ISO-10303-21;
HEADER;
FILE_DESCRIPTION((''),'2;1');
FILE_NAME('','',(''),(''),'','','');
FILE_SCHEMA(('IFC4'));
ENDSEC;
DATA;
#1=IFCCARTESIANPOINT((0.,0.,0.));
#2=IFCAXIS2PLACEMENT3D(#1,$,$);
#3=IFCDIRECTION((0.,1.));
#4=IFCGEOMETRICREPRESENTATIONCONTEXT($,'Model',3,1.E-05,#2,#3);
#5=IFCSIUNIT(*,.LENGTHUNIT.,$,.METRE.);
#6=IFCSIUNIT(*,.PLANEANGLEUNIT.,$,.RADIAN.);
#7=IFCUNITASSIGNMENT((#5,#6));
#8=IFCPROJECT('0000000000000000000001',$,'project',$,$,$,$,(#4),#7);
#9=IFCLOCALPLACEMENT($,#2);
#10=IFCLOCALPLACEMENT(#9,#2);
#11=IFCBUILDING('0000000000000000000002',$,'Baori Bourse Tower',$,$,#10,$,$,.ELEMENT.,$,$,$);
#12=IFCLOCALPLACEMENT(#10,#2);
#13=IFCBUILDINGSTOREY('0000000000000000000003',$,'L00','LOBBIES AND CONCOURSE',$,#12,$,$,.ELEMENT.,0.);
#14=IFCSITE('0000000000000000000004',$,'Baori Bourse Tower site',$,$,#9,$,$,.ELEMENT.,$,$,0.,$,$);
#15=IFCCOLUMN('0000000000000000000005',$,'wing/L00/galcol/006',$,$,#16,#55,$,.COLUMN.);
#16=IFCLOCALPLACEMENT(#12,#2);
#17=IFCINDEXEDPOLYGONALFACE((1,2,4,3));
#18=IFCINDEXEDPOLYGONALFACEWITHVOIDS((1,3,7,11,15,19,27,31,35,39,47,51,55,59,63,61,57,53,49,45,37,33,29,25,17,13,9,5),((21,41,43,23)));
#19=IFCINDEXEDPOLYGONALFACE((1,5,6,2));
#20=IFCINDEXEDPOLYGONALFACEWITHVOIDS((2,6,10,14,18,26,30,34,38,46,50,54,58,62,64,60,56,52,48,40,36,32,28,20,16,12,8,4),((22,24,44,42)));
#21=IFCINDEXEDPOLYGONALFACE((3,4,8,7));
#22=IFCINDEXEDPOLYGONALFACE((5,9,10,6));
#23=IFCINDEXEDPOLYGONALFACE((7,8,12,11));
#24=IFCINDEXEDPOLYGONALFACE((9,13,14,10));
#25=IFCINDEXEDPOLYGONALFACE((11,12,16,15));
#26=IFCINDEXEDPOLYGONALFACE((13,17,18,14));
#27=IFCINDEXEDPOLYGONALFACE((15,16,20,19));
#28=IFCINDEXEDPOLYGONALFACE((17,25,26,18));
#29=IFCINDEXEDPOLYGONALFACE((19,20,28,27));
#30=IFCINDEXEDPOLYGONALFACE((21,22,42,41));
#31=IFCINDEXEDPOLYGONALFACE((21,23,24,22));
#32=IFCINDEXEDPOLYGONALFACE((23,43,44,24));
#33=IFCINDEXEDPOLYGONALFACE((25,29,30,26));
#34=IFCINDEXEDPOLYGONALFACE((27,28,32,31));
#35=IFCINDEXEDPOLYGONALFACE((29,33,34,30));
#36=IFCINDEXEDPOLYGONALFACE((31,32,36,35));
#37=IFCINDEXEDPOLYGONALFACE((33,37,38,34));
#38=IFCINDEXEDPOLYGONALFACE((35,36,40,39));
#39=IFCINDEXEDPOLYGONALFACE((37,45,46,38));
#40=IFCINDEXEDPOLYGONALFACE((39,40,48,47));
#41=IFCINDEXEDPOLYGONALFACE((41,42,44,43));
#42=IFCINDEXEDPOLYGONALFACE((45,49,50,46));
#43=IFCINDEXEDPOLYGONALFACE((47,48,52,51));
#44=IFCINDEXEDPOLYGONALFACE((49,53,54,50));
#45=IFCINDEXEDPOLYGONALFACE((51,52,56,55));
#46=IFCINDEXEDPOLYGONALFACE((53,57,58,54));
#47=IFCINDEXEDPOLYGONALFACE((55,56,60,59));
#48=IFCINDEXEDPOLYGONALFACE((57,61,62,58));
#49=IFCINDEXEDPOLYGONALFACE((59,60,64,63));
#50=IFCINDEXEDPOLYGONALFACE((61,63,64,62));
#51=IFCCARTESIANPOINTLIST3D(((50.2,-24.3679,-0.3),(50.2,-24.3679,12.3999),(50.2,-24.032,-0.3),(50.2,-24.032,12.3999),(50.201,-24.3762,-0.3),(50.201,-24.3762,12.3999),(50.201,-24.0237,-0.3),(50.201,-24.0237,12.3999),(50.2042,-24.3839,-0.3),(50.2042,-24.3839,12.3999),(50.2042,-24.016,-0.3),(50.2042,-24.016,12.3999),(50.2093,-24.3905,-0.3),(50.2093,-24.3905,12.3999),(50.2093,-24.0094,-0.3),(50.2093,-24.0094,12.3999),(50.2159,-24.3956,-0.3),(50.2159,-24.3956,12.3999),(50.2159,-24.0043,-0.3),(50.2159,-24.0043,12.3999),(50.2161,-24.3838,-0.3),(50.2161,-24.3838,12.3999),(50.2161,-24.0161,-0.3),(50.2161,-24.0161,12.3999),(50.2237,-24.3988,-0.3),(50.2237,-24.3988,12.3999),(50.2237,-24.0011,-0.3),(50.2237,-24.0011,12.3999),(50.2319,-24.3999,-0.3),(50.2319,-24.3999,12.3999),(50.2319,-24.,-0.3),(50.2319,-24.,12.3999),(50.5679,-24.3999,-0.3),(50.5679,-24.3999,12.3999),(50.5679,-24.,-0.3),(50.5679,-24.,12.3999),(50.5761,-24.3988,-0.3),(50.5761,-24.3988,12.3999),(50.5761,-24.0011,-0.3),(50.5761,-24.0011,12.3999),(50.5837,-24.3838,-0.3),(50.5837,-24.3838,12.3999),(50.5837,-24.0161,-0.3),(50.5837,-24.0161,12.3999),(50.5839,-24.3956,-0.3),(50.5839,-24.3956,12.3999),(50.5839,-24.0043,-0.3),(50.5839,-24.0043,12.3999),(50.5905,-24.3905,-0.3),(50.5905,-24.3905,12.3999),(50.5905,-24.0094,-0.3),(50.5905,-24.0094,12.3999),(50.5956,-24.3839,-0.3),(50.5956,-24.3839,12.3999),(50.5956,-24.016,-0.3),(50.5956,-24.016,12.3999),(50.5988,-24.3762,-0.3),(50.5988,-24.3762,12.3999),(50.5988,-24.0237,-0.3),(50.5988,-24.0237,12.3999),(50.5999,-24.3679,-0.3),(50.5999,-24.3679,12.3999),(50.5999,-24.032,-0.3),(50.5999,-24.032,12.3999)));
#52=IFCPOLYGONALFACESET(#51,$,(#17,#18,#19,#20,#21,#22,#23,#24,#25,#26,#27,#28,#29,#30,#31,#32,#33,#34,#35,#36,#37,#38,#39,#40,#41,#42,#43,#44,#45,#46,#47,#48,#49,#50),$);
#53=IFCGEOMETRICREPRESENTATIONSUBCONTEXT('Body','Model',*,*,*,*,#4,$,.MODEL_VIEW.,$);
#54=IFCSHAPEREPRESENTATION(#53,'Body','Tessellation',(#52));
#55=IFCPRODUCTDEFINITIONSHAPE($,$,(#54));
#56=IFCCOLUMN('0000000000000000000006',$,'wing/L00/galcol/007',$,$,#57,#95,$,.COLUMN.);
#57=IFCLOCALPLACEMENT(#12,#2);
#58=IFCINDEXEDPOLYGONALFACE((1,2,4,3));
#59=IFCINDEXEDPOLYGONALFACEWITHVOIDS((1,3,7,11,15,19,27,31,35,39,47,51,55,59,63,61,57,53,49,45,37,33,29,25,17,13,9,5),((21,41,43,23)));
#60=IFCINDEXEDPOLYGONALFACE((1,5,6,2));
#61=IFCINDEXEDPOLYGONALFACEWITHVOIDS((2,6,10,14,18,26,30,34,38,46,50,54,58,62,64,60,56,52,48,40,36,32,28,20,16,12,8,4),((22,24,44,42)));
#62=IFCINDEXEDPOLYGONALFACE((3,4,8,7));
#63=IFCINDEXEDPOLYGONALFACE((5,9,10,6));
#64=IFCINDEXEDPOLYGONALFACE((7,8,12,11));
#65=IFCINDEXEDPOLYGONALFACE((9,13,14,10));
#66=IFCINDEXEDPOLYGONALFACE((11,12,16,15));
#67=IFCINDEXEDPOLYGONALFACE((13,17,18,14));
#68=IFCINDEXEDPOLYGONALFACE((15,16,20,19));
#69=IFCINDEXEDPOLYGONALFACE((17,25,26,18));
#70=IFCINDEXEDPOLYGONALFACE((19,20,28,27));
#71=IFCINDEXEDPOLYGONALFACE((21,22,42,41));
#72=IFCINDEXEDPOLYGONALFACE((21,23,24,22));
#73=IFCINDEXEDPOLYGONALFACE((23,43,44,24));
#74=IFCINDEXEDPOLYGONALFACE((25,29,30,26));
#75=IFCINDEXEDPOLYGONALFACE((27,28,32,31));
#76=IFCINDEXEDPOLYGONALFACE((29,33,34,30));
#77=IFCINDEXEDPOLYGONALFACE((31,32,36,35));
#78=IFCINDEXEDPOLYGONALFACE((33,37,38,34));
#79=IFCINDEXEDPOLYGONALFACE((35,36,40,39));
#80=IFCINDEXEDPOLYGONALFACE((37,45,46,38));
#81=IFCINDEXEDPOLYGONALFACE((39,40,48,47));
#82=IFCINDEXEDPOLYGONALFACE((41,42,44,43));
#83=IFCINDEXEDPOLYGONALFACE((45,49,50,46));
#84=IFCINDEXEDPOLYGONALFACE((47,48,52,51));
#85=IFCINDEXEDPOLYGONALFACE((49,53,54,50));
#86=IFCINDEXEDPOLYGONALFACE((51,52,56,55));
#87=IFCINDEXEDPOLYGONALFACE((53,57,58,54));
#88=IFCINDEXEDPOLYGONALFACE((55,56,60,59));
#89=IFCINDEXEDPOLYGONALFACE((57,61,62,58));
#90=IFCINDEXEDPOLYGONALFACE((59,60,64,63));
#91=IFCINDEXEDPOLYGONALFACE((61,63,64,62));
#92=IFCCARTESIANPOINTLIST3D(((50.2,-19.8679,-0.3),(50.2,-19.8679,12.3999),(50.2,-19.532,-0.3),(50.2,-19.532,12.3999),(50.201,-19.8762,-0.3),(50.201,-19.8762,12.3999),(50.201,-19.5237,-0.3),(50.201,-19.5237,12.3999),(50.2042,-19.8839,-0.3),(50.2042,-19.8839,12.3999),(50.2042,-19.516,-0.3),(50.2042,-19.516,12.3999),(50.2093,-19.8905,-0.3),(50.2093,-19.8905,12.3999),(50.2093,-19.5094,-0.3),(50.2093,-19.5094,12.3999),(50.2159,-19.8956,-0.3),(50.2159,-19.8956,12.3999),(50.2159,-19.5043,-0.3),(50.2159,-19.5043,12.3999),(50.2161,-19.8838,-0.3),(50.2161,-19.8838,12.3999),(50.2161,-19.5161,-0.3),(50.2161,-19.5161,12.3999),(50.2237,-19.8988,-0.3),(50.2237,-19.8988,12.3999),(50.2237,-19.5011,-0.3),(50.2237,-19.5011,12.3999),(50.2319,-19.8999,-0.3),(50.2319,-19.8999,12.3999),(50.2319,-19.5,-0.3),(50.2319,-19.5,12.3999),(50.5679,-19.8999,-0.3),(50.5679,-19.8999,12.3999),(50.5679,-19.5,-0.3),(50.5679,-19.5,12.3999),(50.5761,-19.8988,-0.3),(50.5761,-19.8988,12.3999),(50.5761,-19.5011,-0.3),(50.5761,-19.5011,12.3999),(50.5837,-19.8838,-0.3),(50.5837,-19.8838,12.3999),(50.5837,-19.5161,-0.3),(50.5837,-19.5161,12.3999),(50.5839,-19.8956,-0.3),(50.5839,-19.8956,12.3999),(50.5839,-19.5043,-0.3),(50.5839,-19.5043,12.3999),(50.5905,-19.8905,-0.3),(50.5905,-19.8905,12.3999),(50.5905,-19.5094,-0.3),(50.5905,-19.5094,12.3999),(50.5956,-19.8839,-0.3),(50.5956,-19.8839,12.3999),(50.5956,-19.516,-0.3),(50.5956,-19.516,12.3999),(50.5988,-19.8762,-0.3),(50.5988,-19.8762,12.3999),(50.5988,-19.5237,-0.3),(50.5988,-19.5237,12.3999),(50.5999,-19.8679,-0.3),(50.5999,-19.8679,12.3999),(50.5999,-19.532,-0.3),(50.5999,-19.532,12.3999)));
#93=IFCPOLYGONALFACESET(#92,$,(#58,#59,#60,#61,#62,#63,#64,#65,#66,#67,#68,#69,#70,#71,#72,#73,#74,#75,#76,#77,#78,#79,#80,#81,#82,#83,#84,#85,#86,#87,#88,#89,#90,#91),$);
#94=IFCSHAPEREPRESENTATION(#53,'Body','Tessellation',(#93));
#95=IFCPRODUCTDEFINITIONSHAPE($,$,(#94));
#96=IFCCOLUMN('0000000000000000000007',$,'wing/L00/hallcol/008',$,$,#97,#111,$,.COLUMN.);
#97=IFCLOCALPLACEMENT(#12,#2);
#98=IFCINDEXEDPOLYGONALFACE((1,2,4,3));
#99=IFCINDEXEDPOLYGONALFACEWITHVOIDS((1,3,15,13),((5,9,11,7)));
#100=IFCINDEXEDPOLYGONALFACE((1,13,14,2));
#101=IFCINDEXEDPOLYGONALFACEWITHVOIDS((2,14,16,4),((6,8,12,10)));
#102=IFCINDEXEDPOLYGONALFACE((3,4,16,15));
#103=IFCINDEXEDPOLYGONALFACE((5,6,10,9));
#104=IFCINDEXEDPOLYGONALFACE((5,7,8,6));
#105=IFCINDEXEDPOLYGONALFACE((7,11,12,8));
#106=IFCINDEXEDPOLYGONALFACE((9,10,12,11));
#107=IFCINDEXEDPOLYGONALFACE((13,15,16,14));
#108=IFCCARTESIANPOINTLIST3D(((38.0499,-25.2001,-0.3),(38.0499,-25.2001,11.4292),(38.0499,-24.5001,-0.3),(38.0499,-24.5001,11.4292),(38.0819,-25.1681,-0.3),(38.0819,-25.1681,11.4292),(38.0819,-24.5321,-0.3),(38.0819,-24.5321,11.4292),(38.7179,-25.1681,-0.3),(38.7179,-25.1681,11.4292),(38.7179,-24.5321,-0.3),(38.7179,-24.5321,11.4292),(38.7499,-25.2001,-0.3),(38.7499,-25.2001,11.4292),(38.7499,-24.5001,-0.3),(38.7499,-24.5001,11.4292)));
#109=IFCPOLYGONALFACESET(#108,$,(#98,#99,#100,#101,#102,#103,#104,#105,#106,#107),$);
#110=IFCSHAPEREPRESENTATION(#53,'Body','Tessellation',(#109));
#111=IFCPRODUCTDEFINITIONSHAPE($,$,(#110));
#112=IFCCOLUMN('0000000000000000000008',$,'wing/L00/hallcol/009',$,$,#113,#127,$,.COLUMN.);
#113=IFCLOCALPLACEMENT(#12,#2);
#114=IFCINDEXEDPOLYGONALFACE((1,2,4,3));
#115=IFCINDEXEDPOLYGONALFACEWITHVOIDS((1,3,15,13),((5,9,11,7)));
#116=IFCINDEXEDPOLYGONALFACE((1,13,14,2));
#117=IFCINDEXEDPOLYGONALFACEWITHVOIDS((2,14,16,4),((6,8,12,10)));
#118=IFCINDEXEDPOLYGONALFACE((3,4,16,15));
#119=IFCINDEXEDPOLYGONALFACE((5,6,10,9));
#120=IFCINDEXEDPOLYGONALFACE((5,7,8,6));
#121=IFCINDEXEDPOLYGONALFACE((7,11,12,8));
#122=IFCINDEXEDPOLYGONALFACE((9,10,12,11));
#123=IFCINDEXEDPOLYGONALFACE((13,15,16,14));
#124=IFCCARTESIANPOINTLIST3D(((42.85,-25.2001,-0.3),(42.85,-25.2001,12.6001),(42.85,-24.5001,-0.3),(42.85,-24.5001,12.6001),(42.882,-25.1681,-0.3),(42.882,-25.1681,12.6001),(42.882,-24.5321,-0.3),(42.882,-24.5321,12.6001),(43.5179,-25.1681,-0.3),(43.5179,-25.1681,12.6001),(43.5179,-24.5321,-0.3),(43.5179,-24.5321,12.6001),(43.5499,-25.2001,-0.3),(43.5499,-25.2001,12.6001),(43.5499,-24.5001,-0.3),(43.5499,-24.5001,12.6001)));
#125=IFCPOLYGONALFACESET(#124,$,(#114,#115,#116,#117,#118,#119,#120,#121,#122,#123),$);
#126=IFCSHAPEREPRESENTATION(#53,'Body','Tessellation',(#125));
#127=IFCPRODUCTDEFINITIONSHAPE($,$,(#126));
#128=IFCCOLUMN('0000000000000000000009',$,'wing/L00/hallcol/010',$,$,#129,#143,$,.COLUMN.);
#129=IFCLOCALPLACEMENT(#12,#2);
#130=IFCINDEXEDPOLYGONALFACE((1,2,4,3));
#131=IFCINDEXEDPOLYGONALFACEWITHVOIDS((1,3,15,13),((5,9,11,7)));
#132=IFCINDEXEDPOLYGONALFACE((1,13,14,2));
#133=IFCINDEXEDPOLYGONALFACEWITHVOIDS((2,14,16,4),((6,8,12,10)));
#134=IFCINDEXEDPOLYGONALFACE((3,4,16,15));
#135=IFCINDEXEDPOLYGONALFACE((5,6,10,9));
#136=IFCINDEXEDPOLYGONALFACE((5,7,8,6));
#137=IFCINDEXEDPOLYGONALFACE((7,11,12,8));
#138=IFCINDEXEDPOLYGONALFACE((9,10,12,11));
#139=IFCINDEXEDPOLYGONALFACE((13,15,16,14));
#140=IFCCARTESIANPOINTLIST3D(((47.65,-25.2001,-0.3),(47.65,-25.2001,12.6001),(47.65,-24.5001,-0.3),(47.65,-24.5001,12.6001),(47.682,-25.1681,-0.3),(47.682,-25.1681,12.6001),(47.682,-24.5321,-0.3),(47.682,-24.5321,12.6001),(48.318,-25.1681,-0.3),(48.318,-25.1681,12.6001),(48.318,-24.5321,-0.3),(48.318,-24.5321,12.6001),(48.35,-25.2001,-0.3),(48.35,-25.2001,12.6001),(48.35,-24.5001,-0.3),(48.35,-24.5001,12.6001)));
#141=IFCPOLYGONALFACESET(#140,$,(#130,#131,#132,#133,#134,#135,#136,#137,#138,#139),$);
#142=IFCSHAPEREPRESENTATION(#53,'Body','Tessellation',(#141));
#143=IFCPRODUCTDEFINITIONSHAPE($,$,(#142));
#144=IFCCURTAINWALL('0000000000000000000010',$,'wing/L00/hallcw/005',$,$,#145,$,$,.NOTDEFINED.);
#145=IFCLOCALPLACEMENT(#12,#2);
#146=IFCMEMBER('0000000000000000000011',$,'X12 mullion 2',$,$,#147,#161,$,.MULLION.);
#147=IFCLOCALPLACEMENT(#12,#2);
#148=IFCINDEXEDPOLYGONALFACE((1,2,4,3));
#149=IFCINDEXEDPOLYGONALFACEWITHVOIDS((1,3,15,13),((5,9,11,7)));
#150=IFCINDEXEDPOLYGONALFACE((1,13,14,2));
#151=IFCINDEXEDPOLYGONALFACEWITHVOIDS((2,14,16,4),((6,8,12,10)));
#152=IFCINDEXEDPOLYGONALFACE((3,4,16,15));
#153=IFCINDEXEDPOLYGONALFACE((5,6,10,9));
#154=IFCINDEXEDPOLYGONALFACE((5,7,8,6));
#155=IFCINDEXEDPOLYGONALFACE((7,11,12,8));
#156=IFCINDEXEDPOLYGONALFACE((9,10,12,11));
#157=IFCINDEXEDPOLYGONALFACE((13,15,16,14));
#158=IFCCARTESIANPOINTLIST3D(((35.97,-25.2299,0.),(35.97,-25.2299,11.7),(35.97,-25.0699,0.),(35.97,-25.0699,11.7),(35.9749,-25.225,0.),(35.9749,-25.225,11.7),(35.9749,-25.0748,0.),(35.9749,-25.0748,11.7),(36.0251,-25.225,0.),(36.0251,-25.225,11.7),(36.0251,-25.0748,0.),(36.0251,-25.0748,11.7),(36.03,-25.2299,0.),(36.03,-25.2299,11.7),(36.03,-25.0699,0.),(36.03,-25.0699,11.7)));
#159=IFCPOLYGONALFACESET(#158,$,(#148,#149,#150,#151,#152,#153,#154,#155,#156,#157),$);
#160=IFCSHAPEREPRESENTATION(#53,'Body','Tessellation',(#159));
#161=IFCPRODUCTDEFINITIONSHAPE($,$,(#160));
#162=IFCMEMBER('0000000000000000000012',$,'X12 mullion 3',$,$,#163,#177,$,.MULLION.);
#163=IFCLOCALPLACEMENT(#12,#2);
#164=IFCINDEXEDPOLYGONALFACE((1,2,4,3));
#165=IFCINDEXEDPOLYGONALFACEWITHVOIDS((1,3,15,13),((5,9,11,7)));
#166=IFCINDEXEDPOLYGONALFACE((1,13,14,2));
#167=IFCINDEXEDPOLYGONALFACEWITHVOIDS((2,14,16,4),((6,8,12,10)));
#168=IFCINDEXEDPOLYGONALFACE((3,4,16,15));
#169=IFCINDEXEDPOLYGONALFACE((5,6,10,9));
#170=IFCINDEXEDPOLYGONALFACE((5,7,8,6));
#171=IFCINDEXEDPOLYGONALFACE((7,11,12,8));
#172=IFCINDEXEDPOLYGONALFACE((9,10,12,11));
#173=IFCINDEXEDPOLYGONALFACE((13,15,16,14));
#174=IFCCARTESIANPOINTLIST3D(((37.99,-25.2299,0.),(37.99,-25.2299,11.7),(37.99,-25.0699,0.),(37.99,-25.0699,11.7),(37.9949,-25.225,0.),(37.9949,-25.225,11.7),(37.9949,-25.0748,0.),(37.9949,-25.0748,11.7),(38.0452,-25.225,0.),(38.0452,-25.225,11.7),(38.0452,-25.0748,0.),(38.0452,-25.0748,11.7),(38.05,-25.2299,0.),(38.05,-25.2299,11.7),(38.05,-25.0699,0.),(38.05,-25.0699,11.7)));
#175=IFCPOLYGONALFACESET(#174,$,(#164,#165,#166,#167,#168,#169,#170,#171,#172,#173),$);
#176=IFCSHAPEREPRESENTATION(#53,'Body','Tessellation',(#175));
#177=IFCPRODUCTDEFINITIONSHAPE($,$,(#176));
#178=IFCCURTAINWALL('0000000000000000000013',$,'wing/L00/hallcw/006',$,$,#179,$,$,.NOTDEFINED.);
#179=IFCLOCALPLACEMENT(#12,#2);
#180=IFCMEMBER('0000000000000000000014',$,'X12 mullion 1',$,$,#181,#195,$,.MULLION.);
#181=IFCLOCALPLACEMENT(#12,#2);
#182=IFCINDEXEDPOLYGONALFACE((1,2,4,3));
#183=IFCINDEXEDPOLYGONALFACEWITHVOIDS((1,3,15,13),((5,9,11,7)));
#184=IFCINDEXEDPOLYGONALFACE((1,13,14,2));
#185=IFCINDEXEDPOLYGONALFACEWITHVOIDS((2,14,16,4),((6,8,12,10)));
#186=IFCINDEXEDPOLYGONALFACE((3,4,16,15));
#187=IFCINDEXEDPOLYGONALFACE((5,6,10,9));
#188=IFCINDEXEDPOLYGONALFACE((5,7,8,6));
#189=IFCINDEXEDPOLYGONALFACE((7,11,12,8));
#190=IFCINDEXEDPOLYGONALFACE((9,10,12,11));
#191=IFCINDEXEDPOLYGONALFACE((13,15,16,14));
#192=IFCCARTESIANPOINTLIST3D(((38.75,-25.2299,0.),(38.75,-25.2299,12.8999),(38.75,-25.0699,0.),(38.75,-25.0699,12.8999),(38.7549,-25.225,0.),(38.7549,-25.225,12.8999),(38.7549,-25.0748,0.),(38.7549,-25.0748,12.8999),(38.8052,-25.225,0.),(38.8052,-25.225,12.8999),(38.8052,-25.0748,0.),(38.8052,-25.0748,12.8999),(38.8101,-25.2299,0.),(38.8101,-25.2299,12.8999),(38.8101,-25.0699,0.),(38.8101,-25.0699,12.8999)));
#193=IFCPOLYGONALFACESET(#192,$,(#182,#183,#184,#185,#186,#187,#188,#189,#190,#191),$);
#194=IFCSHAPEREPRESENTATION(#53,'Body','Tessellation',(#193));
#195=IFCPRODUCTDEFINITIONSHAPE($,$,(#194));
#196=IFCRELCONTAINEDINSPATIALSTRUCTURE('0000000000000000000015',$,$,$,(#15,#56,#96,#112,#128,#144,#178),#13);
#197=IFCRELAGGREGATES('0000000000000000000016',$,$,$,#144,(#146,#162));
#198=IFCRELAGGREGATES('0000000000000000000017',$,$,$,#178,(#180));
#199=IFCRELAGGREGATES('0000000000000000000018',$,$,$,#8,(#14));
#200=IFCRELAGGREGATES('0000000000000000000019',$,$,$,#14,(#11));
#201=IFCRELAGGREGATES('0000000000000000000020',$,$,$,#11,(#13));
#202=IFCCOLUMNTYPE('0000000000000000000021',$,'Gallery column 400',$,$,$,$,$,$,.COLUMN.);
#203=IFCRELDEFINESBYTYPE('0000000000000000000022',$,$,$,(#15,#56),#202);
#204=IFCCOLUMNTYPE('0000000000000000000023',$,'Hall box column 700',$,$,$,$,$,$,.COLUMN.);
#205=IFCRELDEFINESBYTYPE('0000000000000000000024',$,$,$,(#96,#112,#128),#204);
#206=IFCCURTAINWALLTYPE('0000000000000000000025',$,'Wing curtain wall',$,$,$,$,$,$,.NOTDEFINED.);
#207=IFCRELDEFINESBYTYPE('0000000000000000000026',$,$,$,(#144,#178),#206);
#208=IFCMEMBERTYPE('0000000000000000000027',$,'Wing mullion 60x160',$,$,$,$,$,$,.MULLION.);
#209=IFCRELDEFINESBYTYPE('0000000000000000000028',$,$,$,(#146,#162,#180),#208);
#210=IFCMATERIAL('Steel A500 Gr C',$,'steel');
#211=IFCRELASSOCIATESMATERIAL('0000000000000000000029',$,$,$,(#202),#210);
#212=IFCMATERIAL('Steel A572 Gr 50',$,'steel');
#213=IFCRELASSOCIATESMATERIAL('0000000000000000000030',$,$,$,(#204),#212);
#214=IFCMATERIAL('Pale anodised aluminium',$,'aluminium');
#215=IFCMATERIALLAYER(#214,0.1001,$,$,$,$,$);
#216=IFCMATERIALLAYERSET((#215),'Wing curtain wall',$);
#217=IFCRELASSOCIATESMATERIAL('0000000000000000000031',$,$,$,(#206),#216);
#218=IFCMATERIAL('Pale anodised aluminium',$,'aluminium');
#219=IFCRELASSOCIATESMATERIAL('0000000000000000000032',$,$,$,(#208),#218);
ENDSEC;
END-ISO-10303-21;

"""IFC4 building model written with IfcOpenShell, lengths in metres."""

from ifc_helpers import new_model, si_unit, direction, frame, origin, origin_2d, place, context, subcontext, project, spatial, hollow_rectangle, extrude, material, layer, layer_set, material_profile, profile_set, type_object, element, aggregate, save


model = new_model("IFC4")

# Units and contexts
model_context = context("Model", 3, precision=1e-05, world=origin(), true_north=direction((0.0, 1.0)))
body_context = subcontext(model_context, "Body", "Model", "MODEL_VIEW")
ifc_project = project(units=[si_unit("LENGTHUNIT", "METRE"), si_unit("PLANEANGLEUNIT", "RADIAN")], contexts=[model_context])

# Site, building, storey
site_placement = place(None, origin())
site = spatial("IfcSite", under=ifc_project, at=site_placement, Name="Baori Bourse Tower site", CompositionType="ELEMENT", RefElevation=0.0)
building_placement = place(site_placement, origin())
building = spatial("IfcBuilding", under=site, at=building_placement, Name="Baori Bourse Tower", CompositionType="ELEMENT")
storey_placement = place(building_placement, origin())
storey = spatial("IfcBuildingStorey", under=building, at=storey_placement, Name="L00", Description="LOBBIES AND CONCOURSE", CompositionType="ELEMENT", Elevation=0.0)

# Columns
ifc_material_1 = material(Name="Steel A500 Gr C", Category="steel")
ifc_material_profile_1 = material_profile(ifc_material_1, hollow_rectangle(XDim=0.3999, YDim=0.3999, WallThickness=0.0161, OuterFilletRadius=0.032, at=origin_2d()), Name="HSS400x400x16")
ifc_profile_set_1 = profile_set([ifc_material_profile_1], Name="Steel A500 Gr C")
column_type_1 = type_object("IfcColumnType", Name="Gallery column 400", PredefinedType="COLUMN", material=ifc_profile_set_1)
for number, where, z_axis, x_axis, name in (
    (1, (50.3999, -24.2, -0.3), (0.0, 0.0, 1.0), (1.0, 0.0, 0.0), "wing/L00/galcol/006"),
    (2, (50.3999, -19.7, -0.3), (0.0, 0.0, 1.0), (1.0, 0.0, 0.0), "wing/L00/galcol/007"),
):
    element("IfcColumn", number, at=place(storey_placement, frame(where, z_axis=z_axis, x_axis=x_axis)), inside=storey, type_object=column_type_1, Name=name, PredefinedType="COLUMN", context=body_context, shape_type="SweptSolid", body=[
        extrude(hollow_rectangle(XDim=0.3999, YDim=0.3999, WallThickness=0.0161, OuterFilletRadius=0.032, at=origin_2d()), origin(), (0.0, 0.0, 1.0), 12.7),
    ])
ifc_material_2 = material(Name="Steel A572 Gr 50", Category="steel")
ifc_material_profile_2 = material_profile(ifc_material_2, hollow_rectangle(XDim=0.7, YDim=0.7, WallThickness=0.032, at=origin_2d()), Name="BOX 700x700x32")
ifc_profile_set_2 = profile_set([ifc_material_profile_2], Name="Steel A572 Gr 50")
column_type_2 = type_object("IfcColumnType", Name="Hall box column 700", PredefinedType="COLUMN", material=ifc_profile_set_2)
column_placement = place(storey_placement, frame((38.3999, -24.8501, -0.3), z_axis=(0.0, 0.0, 1.0), x_axis=(1.0, 0.0, 0.0)))
element("IfcColumn", 3, at=column_placement, inside=storey, type_object=column_type_2, Name="wing/L00/hallcol/008", PredefinedType="COLUMN", context=body_context, shape_type="SweptSolid", body=[
    extrude(hollow_rectangle(XDim=0.7, YDim=0.7, WallThickness=0.032, at=origin_2d()), origin(), (0.0, 0.0, 1.0), 11.7292),
])
for number, where, z_axis, x_axis, name in (
    (4, (43.2, -24.8501, -0.3), (0.0, 0.0, 1.0), (1.0, 0.0, 0.0), "wing/L00/hallcol/009"),
    (5, (48.0, -24.8501, -0.3), (0.0, 0.0, 1.0), (1.0, 0.0, 0.0), "wing/L00/hallcol/010"),
):
    element("IfcColumn", number, at=place(storey_placement, frame(where, z_axis=z_axis, x_axis=x_axis)), inside=storey, type_object=column_type_2, Name=name, PredefinedType="COLUMN", context=body_context, shape_type="SweptSolid", body=[
        extrude(hollow_rectangle(XDim=0.7, YDim=0.7, WallThickness=0.032, at=origin_2d()), origin(), (0.0, 0.0, 1.0), 12.9001),
    ])

# Curtain walls, members
ifc_material_3 = material(Name="Pale anodised aluminium", Category="aluminium")
ifc_layer_1 = layer(ifc_material_3, 0.1001)
ifc_layer_set_1 = layer_set([ifc_layer_1], Name="Wing curtain wall")
curtain_wall_type = type_object("IfcCurtainWallType", Name="Wing curtain wall", PredefinedType="NOTDEFINED", material=ifc_layer_set_1)
curtain_wall_1_placement = place(storey_placement, origin())
curtain_wall_1 = element("IfcCurtainWall", 6, at=curtain_wall_1_placement, inside=storey, type_object=curtain_wall_type, Name="wing/L00/hallcw/005", PredefinedType="NOTDEFINED")
ifc_material_4 = material(Name="Pale anodised aluminium", Category="aluminium")
ifc_material_profile_3 = material_profile(ifc_material_4, hollow_rectangle(XDim=0.1599, YDim=0.0601, WallThickness=0.0049, at=origin_2d()), Name="Mullion 160x60x5")
ifc_profile_set_3 = profile_set([ifc_material_profile_3], Name="Pale anodised aluminium")
member_type_1 = type_object("IfcMemberType", Name="Wing mullion 60x160", PredefinedType="MULLION", material=ifc_profile_set_3)
member_1_placement = place(storey_placement, frame((36.0, -25.1499, 0.0), z_axis=(0.0, 0.0, 1.0), x_axis=(0.0, 1.0, 0.0)))
member_1 = element("IfcMember", 7, at=member_1_placement, type_object=member_type_1, Name="X12 mullion 2", PredefinedType="MULLION", context=body_context, shape_type="SweptSolid", body=[
    extrude(hollow_rectangle(XDim=0.1599, YDim=0.0601, WallThickness=0.0049, at=origin_2d()), origin(), (0.0, 0.0, 1.0), 11.7),
])
member_2_placement = place(storey_placement, frame((38.02, -25.1499, 0.0), z_axis=(0.0, 0.0, 1.0), x_axis=(0.0, 1.0, 0.0)))
member_2 = element("IfcMember", 8, at=member_2_placement, type_object=member_type_1, Name="X12 mullion 3", PredefinedType="MULLION", context=body_context, shape_type="SweptSolid", body=[
    extrude(hollow_rectangle(XDim=0.1599, YDim=0.0601, WallThickness=0.0049, at=origin_2d()), origin(), (0.0, 0.0, 1.0), 11.7),
])
curtain_wall_2_placement = place(storey_placement, origin())
curtain_wall_2 = element("IfcCurtainWall", 9, at=curtain_wall_2_placement, inside=storey, type_object=curtain_wall_type, Name="wing/L00/hallcw/006", PredefinedType="NOTDEFINED")
member_3_placement = place(storey_placement, frame((38.78, -25.1499, 0.0), z_axis=(0.0, 0.0, 1.0), x_axis=(0.0, 1.0, 0.0)))
member_3 = element("IfcMember", 10, at=member_3_placement, type_object=member_type_1, Name="X12 mullion 1", PredefinedType="MULLION", context=body_context, shape_type="SweptSolid", body=[
    extrude(hollow_rectangle(XDim=0.1599, YDim=0.0601, WallThickness=0.0049, at=origin_2d()), origin(), (0.0, 0.0, 1.0), 12.8999),
])

aggregate(curtain_wall_1, [member_1, member_2])
aggregate(curtain_wall_2, [member_3])

save(model, "model.ifc")
